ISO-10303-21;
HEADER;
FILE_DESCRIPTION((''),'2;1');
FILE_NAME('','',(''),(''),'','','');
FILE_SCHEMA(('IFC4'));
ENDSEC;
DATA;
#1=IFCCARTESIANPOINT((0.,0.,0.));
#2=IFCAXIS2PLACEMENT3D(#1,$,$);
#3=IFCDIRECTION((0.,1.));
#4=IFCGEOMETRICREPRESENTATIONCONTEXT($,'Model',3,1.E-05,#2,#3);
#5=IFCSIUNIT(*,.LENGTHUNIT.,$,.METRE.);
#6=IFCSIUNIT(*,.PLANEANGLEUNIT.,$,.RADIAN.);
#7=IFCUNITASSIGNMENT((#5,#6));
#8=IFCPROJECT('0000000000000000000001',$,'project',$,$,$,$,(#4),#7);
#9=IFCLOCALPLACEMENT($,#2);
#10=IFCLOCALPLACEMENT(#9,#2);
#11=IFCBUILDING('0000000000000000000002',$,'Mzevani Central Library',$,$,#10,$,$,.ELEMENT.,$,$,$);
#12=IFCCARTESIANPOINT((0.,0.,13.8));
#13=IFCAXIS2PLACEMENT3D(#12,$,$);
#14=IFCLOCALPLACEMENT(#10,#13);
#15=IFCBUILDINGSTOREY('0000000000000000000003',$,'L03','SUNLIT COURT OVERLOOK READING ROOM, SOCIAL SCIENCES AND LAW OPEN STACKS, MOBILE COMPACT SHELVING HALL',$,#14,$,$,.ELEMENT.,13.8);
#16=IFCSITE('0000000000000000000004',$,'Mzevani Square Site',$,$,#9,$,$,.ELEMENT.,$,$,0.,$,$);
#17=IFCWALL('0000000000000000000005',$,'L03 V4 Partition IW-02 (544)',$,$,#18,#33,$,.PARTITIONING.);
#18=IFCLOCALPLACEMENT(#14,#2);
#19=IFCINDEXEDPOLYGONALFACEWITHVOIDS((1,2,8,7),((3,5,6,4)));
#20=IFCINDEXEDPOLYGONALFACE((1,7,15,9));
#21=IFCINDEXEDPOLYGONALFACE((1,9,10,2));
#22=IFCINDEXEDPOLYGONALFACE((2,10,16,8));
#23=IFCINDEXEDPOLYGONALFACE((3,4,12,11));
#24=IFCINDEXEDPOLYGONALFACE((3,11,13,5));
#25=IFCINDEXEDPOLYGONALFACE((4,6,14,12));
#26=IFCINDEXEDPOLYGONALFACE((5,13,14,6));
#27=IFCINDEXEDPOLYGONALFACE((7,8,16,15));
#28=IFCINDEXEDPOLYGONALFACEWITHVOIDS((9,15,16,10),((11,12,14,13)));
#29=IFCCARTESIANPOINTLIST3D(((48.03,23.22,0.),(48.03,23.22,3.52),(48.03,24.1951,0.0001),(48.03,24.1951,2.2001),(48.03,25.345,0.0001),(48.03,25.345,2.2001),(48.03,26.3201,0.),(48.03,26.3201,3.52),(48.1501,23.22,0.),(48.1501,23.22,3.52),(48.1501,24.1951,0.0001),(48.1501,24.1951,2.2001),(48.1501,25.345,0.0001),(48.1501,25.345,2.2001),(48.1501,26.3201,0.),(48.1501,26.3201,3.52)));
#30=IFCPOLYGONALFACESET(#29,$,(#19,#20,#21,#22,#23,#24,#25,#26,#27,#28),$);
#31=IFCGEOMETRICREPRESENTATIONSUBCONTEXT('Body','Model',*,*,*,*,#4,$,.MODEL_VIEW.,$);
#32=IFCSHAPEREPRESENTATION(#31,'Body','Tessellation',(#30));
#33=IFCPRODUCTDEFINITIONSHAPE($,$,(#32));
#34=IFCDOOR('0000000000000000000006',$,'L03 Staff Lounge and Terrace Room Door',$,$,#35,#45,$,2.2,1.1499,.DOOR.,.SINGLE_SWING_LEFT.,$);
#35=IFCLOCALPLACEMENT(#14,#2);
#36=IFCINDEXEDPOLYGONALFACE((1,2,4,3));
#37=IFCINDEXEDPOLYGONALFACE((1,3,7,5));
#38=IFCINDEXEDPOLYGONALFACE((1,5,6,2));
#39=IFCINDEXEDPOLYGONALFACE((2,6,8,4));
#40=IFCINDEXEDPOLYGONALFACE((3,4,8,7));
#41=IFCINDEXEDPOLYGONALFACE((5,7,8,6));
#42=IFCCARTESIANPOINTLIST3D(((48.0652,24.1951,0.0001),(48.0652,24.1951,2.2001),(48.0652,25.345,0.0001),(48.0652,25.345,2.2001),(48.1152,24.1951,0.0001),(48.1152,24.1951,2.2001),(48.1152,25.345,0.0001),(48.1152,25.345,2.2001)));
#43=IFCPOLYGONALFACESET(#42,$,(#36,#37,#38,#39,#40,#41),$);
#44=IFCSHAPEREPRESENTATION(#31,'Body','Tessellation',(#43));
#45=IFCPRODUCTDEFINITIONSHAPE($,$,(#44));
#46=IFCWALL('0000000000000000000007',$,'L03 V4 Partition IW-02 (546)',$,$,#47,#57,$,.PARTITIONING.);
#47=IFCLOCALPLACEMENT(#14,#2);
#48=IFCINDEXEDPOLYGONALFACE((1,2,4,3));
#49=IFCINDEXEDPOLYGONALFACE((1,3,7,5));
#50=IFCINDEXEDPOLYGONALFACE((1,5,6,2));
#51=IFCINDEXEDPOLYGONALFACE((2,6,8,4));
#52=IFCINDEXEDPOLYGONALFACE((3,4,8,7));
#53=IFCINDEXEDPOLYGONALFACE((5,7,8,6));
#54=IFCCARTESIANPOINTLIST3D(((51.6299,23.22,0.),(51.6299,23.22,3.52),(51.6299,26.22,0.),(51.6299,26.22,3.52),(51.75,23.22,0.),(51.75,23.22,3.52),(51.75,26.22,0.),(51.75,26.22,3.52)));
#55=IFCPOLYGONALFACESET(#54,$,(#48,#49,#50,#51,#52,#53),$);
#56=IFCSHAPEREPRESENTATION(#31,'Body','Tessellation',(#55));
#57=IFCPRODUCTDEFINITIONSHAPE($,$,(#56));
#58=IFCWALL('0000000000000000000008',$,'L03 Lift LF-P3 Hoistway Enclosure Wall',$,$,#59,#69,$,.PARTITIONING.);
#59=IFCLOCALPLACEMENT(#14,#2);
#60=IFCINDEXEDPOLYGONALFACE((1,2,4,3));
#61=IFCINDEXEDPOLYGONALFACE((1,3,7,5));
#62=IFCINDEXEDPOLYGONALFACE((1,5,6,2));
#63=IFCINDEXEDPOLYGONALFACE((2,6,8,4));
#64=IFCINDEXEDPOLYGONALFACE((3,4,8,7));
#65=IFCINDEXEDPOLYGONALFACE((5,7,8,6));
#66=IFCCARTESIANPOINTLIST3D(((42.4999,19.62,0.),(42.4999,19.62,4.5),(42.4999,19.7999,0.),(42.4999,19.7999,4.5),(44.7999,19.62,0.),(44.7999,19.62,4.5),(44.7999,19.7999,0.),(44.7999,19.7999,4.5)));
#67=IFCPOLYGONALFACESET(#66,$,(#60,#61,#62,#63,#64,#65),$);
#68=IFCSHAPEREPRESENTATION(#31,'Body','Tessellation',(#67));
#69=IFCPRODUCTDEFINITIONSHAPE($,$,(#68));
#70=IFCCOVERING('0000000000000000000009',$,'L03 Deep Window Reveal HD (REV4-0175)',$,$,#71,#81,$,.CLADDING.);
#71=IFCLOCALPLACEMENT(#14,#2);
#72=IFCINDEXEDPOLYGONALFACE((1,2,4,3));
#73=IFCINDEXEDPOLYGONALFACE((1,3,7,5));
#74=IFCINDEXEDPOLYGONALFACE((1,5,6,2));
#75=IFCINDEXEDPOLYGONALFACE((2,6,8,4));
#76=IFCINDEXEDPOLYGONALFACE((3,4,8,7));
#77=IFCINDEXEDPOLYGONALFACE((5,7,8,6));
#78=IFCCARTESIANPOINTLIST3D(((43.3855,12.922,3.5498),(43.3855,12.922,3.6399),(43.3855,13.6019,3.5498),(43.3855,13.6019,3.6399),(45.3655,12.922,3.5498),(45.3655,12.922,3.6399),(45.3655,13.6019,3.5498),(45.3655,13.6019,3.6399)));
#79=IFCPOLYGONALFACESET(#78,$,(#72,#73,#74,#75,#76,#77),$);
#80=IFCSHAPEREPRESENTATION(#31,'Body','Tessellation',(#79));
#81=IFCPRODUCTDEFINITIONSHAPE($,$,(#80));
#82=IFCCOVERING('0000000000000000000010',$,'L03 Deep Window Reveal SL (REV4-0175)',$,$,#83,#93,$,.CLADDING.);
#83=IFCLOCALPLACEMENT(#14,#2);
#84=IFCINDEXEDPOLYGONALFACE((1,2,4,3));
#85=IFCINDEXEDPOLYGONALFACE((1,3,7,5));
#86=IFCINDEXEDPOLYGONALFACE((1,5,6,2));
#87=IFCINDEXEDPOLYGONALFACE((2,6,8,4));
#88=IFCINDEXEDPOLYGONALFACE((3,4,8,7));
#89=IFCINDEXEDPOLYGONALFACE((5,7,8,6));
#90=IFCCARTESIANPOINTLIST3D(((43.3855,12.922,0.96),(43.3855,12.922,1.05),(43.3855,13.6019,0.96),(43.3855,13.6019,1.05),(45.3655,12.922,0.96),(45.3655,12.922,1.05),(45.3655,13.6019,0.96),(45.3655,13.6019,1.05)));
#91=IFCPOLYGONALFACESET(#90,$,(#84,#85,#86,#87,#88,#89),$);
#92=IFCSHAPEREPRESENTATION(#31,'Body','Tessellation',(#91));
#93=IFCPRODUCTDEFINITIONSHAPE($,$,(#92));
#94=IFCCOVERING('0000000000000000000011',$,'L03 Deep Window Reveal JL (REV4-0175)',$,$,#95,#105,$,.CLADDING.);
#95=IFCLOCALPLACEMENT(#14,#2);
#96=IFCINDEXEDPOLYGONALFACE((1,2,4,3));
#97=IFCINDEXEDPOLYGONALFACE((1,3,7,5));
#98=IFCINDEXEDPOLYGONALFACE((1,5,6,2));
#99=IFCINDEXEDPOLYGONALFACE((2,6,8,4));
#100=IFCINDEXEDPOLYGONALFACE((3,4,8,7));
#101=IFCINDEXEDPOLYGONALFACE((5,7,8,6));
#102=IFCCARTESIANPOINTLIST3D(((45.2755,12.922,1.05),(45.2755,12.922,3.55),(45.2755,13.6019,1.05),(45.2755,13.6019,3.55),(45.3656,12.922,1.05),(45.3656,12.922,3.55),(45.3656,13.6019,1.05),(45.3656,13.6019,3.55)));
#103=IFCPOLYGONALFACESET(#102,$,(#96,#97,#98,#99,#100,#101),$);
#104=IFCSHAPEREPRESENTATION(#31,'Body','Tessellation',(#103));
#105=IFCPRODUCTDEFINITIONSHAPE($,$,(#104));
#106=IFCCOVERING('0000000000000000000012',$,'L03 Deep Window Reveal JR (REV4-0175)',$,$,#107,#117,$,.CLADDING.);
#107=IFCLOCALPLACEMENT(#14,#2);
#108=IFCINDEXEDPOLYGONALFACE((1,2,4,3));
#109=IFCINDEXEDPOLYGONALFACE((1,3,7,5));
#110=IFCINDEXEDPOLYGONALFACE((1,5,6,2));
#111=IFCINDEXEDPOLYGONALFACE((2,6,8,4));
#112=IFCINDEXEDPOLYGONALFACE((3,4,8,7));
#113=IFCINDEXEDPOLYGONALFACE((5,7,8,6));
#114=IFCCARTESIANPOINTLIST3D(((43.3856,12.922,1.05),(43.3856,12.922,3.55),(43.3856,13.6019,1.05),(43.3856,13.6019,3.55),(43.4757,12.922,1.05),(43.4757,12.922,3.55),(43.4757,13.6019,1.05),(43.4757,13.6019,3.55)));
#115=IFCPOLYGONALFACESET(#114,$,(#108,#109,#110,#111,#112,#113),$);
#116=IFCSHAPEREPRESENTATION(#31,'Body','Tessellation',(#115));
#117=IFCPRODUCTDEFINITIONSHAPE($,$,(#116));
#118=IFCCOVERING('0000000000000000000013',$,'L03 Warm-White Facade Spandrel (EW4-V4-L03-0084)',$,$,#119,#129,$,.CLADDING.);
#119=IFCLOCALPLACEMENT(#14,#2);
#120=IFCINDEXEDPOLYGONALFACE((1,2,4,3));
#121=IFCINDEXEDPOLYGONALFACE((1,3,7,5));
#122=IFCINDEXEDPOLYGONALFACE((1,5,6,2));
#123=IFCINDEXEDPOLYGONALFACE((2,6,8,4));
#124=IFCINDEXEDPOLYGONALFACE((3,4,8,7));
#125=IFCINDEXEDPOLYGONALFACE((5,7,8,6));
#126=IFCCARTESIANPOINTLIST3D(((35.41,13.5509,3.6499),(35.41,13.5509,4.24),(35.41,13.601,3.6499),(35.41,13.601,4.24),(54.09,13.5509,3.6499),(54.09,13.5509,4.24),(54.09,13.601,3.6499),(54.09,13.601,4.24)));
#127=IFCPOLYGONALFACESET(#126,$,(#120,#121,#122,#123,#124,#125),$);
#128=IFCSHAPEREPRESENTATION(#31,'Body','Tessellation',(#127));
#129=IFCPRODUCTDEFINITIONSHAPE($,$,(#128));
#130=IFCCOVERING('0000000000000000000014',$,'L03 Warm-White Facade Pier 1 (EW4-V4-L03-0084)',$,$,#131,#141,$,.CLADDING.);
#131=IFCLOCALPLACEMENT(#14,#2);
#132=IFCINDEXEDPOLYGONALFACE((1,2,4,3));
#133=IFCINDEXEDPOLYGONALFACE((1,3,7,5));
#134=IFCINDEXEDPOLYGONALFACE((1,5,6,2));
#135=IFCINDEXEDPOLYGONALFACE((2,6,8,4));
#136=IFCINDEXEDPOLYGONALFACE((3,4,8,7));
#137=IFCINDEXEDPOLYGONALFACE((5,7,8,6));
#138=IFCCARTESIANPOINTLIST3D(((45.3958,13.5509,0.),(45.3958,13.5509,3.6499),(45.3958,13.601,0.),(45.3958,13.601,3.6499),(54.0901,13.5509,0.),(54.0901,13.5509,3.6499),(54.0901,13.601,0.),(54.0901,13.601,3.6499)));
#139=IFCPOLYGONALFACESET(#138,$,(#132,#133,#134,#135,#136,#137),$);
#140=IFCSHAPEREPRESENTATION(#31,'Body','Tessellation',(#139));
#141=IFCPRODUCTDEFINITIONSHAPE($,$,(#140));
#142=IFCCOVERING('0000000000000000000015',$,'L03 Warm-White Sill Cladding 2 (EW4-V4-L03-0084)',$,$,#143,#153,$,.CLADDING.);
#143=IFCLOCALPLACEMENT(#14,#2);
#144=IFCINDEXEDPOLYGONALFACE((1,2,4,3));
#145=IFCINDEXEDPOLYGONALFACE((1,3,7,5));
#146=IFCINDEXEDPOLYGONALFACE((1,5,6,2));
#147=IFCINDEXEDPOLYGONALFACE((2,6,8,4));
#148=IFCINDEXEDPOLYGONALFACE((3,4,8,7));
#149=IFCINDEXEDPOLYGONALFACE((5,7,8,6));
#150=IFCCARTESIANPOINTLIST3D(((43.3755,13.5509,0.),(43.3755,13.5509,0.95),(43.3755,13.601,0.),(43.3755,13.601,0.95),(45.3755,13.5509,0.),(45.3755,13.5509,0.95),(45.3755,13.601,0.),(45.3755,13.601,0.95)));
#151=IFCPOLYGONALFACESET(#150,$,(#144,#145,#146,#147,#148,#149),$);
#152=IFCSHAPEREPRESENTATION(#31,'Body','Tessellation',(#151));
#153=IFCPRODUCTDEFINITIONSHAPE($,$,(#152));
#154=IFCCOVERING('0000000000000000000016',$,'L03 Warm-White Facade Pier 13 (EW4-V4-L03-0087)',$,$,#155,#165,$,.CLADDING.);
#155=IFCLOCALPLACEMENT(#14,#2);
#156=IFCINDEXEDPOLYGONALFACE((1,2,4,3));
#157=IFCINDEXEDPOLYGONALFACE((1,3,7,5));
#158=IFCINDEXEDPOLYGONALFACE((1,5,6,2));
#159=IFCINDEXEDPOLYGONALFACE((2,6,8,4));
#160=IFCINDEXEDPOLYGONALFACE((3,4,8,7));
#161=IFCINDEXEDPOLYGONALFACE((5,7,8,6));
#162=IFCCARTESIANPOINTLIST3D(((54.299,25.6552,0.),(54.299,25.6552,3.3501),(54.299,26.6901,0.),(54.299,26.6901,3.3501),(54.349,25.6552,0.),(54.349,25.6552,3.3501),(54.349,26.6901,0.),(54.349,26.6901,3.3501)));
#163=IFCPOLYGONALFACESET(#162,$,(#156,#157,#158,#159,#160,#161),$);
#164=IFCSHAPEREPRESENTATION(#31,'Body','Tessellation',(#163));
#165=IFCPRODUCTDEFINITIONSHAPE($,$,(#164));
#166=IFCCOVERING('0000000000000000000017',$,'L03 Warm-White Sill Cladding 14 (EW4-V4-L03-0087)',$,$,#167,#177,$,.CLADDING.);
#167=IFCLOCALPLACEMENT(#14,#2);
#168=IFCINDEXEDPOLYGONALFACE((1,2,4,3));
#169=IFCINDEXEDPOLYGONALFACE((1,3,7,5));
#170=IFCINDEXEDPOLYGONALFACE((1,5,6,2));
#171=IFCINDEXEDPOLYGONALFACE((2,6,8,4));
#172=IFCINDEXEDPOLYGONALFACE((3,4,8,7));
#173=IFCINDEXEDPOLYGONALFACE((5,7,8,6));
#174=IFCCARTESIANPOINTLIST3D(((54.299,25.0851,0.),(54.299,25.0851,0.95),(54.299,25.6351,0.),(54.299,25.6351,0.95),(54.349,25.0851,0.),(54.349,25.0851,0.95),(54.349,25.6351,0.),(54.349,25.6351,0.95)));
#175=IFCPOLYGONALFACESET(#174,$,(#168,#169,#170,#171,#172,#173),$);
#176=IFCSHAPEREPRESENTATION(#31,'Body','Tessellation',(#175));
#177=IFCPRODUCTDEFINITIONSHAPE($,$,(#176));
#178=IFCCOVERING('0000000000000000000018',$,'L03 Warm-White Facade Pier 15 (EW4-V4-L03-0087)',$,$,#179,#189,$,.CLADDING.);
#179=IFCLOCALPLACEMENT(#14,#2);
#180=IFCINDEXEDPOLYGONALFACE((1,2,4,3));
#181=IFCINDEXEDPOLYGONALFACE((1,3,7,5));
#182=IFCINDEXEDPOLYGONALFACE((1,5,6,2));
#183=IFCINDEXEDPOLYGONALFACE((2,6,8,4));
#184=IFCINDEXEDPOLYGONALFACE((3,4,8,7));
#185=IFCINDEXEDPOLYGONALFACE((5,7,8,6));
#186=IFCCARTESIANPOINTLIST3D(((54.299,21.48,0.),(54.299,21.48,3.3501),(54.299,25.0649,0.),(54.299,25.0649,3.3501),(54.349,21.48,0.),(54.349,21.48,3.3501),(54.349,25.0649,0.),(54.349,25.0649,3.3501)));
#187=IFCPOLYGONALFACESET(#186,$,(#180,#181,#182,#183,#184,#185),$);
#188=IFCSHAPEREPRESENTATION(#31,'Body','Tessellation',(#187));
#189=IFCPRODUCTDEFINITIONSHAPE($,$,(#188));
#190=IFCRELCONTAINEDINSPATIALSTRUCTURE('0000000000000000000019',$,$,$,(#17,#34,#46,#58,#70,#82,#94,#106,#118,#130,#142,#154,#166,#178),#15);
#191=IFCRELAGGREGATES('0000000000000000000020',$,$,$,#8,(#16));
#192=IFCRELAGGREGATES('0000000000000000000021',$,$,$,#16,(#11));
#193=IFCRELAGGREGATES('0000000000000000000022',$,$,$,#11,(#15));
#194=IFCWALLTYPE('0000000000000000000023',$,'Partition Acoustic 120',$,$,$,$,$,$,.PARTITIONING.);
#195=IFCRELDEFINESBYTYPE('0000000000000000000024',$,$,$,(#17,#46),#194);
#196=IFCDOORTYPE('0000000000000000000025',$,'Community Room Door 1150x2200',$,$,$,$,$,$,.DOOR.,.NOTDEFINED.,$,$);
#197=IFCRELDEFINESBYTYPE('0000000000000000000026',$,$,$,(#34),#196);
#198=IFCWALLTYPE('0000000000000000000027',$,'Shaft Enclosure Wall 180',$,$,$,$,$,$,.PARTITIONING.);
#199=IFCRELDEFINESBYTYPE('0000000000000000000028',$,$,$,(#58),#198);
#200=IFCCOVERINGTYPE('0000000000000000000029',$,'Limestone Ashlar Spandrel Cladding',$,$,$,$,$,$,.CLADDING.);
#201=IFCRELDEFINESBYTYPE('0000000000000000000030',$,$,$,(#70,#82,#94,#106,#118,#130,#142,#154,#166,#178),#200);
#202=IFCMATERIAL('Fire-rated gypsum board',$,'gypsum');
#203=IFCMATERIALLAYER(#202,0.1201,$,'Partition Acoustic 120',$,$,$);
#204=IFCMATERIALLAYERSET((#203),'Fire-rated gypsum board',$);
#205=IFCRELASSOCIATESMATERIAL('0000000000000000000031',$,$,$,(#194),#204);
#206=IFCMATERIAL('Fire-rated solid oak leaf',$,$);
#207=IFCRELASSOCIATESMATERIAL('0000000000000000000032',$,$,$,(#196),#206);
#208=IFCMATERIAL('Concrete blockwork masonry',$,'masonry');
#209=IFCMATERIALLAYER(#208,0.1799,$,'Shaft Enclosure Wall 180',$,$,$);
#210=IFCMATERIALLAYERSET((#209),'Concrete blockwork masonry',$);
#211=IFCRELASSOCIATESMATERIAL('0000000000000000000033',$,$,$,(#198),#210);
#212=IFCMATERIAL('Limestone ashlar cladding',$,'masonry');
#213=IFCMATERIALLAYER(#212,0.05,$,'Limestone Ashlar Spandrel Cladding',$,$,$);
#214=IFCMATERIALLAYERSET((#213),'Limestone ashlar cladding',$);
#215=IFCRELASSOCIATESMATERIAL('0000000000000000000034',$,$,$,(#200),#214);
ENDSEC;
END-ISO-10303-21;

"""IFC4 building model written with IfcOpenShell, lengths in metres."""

from ifc_helpers import new_model, si_unit, direction, frame, frame_2d, origin, origin_2d, place, context, subcontext, project, spatial, rectangle, extrude, material, layer, layer_set, type_object, element, fill, save


model = new_model("IFC4")

# Units and contexts
model_context = context("Model", 3, precision=1e-05, world=origin(), true_north=direction((0.0, 1.0)))
body_context = subcontext(model_context, "Body", "Model", "MODEL_VIEW")
ifc_project = project(units=[si_unit("LENGTHUNIT", "METRE"), si_unit("PLANEANGLEUNIT", "RADIAN")], contexts=[model_context])

# Site, building, storey
site_placement = place(None, origin())
site = spatial("IfcSite", under=ifc_project, at=site_placement, Name="Mzevani Square Site", CompositionType="ELEMENT", RefElevation=0.0)
building_placement = place(site_placement, origin())
building = spatial("IfcBuilding", under=site, at=building_placement, Name="Mzevani Central Library", CompositionType="ELEMENT")
storey_placement = place(building_placement, frame((0.0, 0.0, 13.8)))
storey = spatial("IfcBuildingStorey", under=building, at=storey_placement, Name="L03", Description="SUNLIT COURT OVERLOOK READING ROOM, SOCIAL SCIENCES AND LAW OPEN STACKS, MOBILE COMPACT SHELVING HALL", CompositionType="ELEMENT", Elevation=13.8)

# Shared definitions
ifc_material_1 = material(Name="Fire-rated gypsum board", Category="gypsum")
ifc_layer_1 = layer(ifc_material_1, 0.1201, Name="Partition Acoustic 120")
ifc_layer_set_1 = layer_set([ifc_layer_1], Name="Fire-rated gypsum board")
wall_type_1 = type_object("IfcWallType", Name="Partition Acoustic 120", PredefinedType="PARTITIONING", material=ifc_layer_set_1)

# Wall, opening, door
wall_1_placement = place(storey_placement, frame((48.0901, 23.22, 0.0), z_axis=(0.0, 0.0, 1.0), x_axis=(0.0, 1.0, 0.0)))
wall_1 = element("IfcWall", 1, at=wall_1_placement, inside=storey, type_object=wall_type_1, Name="L03 V4 Partition IW-02 (544)", PredefinedType="PARTITIONING", context=body_context, shape_type="SweptSolid", body=[
    extrude(rectangle(XDim=3.1001, YDim=0.1201, at=frame_2d((1.55, 0.0))), origin(), (0.0, 0.0, 1.0), 3.52),
])
opening_1_placement = place(wall_1_placement, frame((0.9751, 0.0, 0.0)))
opening_1 = element("IfcOpeningElement", 2, at=opening_1_placement, cuts=wall_1, PredefinedType="OPENING", context=body_context, shape_type="SweptSolid", body=[
    extrude(rectangle(XDim=1.1499, YDim=2.2, at=frame_2d((0.575, 1.1001))), frame((0.0, 0.0701, 0.0), z_axis=(0.0, -1.0, 0.0), x_axis=(1.0, 0.0, 0.0)), (0.0, 0.0, 1.0), 0.1401),
])
ifc_material_2 = material(Name="Fire-rated solid oak leaf")
door_type = type_object("IfcDoorType", Name="Community Room Door 1150x2200", OperationType="NOTDEFINED", PredefinedType="DOOR", material=ifc_material_2)
door_placement = place(opening_1_placement, origin())
door = element("IfcDoor", 3, at=door_placement, inside=storey, type_object=door_type, Name="L03 Staff Lounge and Terrace Room Door", OperationType="SINGLE_SWING_LEFT", OverallHeight=2.2, OverallWidth=1.1499, PredefinedType="DOOR", context=body_context, shape_type="SweptSolid", body=[
    extrude(rectangle(XDim=1.1499, YDim=2.2, at=frame_2d((0.575, 1.1001))), frame((0.0, 0.0249, 0.0), z_axis=(0.0, -1.0, 0.0), x_axis=(1.0, 0.0, 0.0)), (0.0, 0.0, 1.0), 0.05),
])
fill(opening_1, door)

# Walls
wall_2_placement = place(storey_placement, frame((51.6899, 26.22, 0.0), z_axis=(0.0, 0.0, 1.0), x_axis=(0.0, -1.0, 0.0)))
element("IfcWall", 4, at=wall_2_placement, inside=storey, type_object=wall_type_1, Name="L03 V4 Partition IW-02 (546)", PredefinedType="PARTITIONING", context=body_context, shape_type="SweptSolid", body=[
    extrude(rectangle(XDim=3.0, YDim=0.1201, at=frame_2d((1.5, 0.0))), origin(), (0.0, 0.0, 1.0), 3.52),
])
ifc_material_3 = material(Name="Concrete blockwork masonry", Category="masonry")
ifc_layer_2 = layer(ifc_material_3, 0.1799, Name="Shaft Enclosure Wall 180")
ifc_layer_set_2 = layer_set([ifc_layer_2], Name="Concrete blockwork masonry")
wall_type_2 = type_object("IfcWallType", Name="Shaft Enclosure Wall 180", PredefinedType="PARTITIONING", material=ifc_layer_set_2)
wall_3_placement = place(storey_placement, frame((42.5, 19.71, 0.0), z_axis=(0.0, 0.0, 1.0), x_axis=(1.0, 0.0, 0.0)))
element("IfcWall", 5, at=wall_3_placement, inside=storey, type_object=wall_type_2, Name="L03 Lift LF-P3 Hoistway Enclosure Wall", PredefinedType="PARTITIONING", context=body_context, shape_type="SweptSolid", body=[
    extrude(rectangle(XDim=2.3, YDim=0.1799, at=frame_2d((1.1499, 0.0))), origin(), (0.0, 0.0, 1.0), 4.5),
])

# Coverings
ifc_material_4 = material(Name="Limestone ashlar cladding", Category="masonry")
ifc_layer_3 = layer(ifc_material_4, 0.05, Name="Limestone Ashlar Spandrel Cladding")
ifc_layer_set_3 = layer_set([ifc_layer_3], Name="Limestone ashlar cladding")
covering_type = type_object("IfcCoveringType", Name="Limestone Ashlar Spandrel Cladding", PredefinedType="CLADDING", material=ifc_layer_set_3)
for number, where, z_axis, x_axis, name in (
    (6, (44.3755, 13.262, 3.5498), (0.0, 0.0, 1.0), (-1.0, 0.0, 0.0), "L03 Deep Window Reveal HD (REV4-0175)"),
    (7, (44.3755, 13.262, 0.96), (0.0, 0.0, 1.0), (-1.0, 0.0, 0.0), "L03 Deep Window Reveal SL (REV4-0175)"),
):
    element("IfcCovering", number, at=place(storey_placement, frame(where, z_axis=z_axis, x_axis=x_axis)), inside=storey, type_object=covering_type, Name=name, PredefinedType="CLADDING", context=body_context, shape_type="SweptSolid", body=[
        extrude(rectangle(XDim=1.98, YDim=0.6799, at=origin_2d()), origin(), (0.0, 0.0, 1.0), 0.0901),
    ])
for number, where, z_axis, x_axis, name in (
    (8, (45.3206, 13.262, 1.05), (0.0, 0.0, 1.0), (-1.0, 0.0, 0.0), "L03 Deep Window Reveal JL (REV4-0175)"),
    (9, (43.4307, 13.262, 1.05), (0.0, 0.0, 1.0), (-1.0, 0.0, 0.0), "L03 Deep Window Reveal JR (REV4-0175)"),
):
    element("IfcCovering", number, at=place(storey_placement, frame(where, z_axis=z_axis, x_axis=x_axis)), inside=storey, type_object=covering_type, Name=name, PredefinedType="CLADDING", context=body_context, shape_type="SweptSolid", body=[
        extrude(rectangle(XDim=0.0901, YDim=0.6799, at=origin_2d()), origin(), (0.0, 0.0, 1.0), 2.5),
    ])
covering_1_placement = place(storey_placement, frame((44.75, 13.5759, 3.6499), z_axis=(0.0, 0.0, 1.0), x_axis=(-1.0, 0.0, 0.0)))
element("IfcCovering", 10, at=covering_1_placement, inside=storey, type_object=covering_type, Name="L03 Warm-White Facade Spandrel (EW4-V4-L03-0084)", PredefinedType="CLADDING", context=body_context, shape_type="SweptSolid", body=[
    extrude(rectangle(XDim=18.6799, YDim=0.05, at=origin_2d()), origin(), (0.0, 0.0, 1.0), 0.5901),
])
covering_2_placement = place(storey_placement, frame((49.7429, 13.5759, 0.0), z_axis=(0.0, 0.0, 1.0), x_axis=(-1.0, 0.0, 0.0)))
element("IfcCovering", 11, at=covering_2_placement, inside=storey, type_object=covering_type, Name="L03 Warm-White Facade Pier 1 (EW4-V4-L03-0084)", PredefinedType="CLADDING", context=body_context, shape_type="SweptSolid", body=[
    extrude(rectangle(XDim=8.6943, YDim=0.05, at=origin_2d()), origin(), (0.0, 0.0, 1.0), 3.6499),
])
covering_3_placement = place(storey_placement, frame((44.3755, 13.5759, 0.0), z_axis=(0.0, 0.0, 1.0), x_axis=(-1.0, 0.0, 0.0)))
element("IfcCovering", 12, at=covering_3_placement, inside=storey, type_object=covering_type, Name="L03 Warm-White Sill Cladding 2 (EW4-V4-L03-0084)", PredefinedType="CLADDING", context=body_context, shape_type="SweptSolid", body=[
    extrude(rectangle(XDim=2.0, YDim=0.05, at=origin_2d()), origin(), (0.0, 0.0, 1.0), 0.95),
])
covering_4_placement = place(storey_placement, frame((54.324, 26.1726, 0.0), z_axis=(0.0, 0.0, 1.0), x_axis=(0.0, -1.0, 0.0)))
element("IfcCovering", 13, at=covering_4_placement, inside=storey, type_object=covering_type, Name="L03 Warm-White Facade Pier 13 (EW4-V4-L03-0087)", PredefinedType="CLADDING", context=body_context, shape_type="SweptSolid", body=[
    extrude(rectangle(XDim=1.0349, YDim=0.05, at=origin_2d()), origin(), (0.0, 0.0, 1.0), 3.3501),
])
covering_5_placement = place(storey_placement, frame((54.324, 25.3601, 0.0), z_axis=(0.0, 0.0, 1.0), x_axis=(0.0, -1.0, 0.0)))
element("IfcCovering", 14, at=covering_5_placement, inside=storey, type_object=covering_type, Name="L03 Warm-White Sill Cladding 14 (EW4-V4-L03-0087)", PredefinedType="CLADDING", context=body_context, shape_type="SweptSolid", body=[
    extrude(rectangle(XDim=0.55, YDim=0.05, at=origin_2d()), origin(), (0.0, 0.0, 1.0), 0.95),
])
covering_6_placement = place(storey_placement, frame((54.324, 23.2725, 0.0), z_axis=(0.0, 0.0, 1.0), x_axis=(0.0, -1.0, 0.0)))
element("IfcCovering", 15, at=covering_6_placement, inside=storey, type_object=covering_type, Name="L03 Warm-White Facade Pier 15 (EW4-V4-L03-0087)", PredefinedType="CLADDING", context=body_context, shape_type="SweptSolid", body=[
    extrude(rectangle(XDim=3.585, YDim=0.05, at=origin_2d()), origin(), (0.0, 0.0, 1.0), 3.3501),
])

save(model, "model.ifc")
